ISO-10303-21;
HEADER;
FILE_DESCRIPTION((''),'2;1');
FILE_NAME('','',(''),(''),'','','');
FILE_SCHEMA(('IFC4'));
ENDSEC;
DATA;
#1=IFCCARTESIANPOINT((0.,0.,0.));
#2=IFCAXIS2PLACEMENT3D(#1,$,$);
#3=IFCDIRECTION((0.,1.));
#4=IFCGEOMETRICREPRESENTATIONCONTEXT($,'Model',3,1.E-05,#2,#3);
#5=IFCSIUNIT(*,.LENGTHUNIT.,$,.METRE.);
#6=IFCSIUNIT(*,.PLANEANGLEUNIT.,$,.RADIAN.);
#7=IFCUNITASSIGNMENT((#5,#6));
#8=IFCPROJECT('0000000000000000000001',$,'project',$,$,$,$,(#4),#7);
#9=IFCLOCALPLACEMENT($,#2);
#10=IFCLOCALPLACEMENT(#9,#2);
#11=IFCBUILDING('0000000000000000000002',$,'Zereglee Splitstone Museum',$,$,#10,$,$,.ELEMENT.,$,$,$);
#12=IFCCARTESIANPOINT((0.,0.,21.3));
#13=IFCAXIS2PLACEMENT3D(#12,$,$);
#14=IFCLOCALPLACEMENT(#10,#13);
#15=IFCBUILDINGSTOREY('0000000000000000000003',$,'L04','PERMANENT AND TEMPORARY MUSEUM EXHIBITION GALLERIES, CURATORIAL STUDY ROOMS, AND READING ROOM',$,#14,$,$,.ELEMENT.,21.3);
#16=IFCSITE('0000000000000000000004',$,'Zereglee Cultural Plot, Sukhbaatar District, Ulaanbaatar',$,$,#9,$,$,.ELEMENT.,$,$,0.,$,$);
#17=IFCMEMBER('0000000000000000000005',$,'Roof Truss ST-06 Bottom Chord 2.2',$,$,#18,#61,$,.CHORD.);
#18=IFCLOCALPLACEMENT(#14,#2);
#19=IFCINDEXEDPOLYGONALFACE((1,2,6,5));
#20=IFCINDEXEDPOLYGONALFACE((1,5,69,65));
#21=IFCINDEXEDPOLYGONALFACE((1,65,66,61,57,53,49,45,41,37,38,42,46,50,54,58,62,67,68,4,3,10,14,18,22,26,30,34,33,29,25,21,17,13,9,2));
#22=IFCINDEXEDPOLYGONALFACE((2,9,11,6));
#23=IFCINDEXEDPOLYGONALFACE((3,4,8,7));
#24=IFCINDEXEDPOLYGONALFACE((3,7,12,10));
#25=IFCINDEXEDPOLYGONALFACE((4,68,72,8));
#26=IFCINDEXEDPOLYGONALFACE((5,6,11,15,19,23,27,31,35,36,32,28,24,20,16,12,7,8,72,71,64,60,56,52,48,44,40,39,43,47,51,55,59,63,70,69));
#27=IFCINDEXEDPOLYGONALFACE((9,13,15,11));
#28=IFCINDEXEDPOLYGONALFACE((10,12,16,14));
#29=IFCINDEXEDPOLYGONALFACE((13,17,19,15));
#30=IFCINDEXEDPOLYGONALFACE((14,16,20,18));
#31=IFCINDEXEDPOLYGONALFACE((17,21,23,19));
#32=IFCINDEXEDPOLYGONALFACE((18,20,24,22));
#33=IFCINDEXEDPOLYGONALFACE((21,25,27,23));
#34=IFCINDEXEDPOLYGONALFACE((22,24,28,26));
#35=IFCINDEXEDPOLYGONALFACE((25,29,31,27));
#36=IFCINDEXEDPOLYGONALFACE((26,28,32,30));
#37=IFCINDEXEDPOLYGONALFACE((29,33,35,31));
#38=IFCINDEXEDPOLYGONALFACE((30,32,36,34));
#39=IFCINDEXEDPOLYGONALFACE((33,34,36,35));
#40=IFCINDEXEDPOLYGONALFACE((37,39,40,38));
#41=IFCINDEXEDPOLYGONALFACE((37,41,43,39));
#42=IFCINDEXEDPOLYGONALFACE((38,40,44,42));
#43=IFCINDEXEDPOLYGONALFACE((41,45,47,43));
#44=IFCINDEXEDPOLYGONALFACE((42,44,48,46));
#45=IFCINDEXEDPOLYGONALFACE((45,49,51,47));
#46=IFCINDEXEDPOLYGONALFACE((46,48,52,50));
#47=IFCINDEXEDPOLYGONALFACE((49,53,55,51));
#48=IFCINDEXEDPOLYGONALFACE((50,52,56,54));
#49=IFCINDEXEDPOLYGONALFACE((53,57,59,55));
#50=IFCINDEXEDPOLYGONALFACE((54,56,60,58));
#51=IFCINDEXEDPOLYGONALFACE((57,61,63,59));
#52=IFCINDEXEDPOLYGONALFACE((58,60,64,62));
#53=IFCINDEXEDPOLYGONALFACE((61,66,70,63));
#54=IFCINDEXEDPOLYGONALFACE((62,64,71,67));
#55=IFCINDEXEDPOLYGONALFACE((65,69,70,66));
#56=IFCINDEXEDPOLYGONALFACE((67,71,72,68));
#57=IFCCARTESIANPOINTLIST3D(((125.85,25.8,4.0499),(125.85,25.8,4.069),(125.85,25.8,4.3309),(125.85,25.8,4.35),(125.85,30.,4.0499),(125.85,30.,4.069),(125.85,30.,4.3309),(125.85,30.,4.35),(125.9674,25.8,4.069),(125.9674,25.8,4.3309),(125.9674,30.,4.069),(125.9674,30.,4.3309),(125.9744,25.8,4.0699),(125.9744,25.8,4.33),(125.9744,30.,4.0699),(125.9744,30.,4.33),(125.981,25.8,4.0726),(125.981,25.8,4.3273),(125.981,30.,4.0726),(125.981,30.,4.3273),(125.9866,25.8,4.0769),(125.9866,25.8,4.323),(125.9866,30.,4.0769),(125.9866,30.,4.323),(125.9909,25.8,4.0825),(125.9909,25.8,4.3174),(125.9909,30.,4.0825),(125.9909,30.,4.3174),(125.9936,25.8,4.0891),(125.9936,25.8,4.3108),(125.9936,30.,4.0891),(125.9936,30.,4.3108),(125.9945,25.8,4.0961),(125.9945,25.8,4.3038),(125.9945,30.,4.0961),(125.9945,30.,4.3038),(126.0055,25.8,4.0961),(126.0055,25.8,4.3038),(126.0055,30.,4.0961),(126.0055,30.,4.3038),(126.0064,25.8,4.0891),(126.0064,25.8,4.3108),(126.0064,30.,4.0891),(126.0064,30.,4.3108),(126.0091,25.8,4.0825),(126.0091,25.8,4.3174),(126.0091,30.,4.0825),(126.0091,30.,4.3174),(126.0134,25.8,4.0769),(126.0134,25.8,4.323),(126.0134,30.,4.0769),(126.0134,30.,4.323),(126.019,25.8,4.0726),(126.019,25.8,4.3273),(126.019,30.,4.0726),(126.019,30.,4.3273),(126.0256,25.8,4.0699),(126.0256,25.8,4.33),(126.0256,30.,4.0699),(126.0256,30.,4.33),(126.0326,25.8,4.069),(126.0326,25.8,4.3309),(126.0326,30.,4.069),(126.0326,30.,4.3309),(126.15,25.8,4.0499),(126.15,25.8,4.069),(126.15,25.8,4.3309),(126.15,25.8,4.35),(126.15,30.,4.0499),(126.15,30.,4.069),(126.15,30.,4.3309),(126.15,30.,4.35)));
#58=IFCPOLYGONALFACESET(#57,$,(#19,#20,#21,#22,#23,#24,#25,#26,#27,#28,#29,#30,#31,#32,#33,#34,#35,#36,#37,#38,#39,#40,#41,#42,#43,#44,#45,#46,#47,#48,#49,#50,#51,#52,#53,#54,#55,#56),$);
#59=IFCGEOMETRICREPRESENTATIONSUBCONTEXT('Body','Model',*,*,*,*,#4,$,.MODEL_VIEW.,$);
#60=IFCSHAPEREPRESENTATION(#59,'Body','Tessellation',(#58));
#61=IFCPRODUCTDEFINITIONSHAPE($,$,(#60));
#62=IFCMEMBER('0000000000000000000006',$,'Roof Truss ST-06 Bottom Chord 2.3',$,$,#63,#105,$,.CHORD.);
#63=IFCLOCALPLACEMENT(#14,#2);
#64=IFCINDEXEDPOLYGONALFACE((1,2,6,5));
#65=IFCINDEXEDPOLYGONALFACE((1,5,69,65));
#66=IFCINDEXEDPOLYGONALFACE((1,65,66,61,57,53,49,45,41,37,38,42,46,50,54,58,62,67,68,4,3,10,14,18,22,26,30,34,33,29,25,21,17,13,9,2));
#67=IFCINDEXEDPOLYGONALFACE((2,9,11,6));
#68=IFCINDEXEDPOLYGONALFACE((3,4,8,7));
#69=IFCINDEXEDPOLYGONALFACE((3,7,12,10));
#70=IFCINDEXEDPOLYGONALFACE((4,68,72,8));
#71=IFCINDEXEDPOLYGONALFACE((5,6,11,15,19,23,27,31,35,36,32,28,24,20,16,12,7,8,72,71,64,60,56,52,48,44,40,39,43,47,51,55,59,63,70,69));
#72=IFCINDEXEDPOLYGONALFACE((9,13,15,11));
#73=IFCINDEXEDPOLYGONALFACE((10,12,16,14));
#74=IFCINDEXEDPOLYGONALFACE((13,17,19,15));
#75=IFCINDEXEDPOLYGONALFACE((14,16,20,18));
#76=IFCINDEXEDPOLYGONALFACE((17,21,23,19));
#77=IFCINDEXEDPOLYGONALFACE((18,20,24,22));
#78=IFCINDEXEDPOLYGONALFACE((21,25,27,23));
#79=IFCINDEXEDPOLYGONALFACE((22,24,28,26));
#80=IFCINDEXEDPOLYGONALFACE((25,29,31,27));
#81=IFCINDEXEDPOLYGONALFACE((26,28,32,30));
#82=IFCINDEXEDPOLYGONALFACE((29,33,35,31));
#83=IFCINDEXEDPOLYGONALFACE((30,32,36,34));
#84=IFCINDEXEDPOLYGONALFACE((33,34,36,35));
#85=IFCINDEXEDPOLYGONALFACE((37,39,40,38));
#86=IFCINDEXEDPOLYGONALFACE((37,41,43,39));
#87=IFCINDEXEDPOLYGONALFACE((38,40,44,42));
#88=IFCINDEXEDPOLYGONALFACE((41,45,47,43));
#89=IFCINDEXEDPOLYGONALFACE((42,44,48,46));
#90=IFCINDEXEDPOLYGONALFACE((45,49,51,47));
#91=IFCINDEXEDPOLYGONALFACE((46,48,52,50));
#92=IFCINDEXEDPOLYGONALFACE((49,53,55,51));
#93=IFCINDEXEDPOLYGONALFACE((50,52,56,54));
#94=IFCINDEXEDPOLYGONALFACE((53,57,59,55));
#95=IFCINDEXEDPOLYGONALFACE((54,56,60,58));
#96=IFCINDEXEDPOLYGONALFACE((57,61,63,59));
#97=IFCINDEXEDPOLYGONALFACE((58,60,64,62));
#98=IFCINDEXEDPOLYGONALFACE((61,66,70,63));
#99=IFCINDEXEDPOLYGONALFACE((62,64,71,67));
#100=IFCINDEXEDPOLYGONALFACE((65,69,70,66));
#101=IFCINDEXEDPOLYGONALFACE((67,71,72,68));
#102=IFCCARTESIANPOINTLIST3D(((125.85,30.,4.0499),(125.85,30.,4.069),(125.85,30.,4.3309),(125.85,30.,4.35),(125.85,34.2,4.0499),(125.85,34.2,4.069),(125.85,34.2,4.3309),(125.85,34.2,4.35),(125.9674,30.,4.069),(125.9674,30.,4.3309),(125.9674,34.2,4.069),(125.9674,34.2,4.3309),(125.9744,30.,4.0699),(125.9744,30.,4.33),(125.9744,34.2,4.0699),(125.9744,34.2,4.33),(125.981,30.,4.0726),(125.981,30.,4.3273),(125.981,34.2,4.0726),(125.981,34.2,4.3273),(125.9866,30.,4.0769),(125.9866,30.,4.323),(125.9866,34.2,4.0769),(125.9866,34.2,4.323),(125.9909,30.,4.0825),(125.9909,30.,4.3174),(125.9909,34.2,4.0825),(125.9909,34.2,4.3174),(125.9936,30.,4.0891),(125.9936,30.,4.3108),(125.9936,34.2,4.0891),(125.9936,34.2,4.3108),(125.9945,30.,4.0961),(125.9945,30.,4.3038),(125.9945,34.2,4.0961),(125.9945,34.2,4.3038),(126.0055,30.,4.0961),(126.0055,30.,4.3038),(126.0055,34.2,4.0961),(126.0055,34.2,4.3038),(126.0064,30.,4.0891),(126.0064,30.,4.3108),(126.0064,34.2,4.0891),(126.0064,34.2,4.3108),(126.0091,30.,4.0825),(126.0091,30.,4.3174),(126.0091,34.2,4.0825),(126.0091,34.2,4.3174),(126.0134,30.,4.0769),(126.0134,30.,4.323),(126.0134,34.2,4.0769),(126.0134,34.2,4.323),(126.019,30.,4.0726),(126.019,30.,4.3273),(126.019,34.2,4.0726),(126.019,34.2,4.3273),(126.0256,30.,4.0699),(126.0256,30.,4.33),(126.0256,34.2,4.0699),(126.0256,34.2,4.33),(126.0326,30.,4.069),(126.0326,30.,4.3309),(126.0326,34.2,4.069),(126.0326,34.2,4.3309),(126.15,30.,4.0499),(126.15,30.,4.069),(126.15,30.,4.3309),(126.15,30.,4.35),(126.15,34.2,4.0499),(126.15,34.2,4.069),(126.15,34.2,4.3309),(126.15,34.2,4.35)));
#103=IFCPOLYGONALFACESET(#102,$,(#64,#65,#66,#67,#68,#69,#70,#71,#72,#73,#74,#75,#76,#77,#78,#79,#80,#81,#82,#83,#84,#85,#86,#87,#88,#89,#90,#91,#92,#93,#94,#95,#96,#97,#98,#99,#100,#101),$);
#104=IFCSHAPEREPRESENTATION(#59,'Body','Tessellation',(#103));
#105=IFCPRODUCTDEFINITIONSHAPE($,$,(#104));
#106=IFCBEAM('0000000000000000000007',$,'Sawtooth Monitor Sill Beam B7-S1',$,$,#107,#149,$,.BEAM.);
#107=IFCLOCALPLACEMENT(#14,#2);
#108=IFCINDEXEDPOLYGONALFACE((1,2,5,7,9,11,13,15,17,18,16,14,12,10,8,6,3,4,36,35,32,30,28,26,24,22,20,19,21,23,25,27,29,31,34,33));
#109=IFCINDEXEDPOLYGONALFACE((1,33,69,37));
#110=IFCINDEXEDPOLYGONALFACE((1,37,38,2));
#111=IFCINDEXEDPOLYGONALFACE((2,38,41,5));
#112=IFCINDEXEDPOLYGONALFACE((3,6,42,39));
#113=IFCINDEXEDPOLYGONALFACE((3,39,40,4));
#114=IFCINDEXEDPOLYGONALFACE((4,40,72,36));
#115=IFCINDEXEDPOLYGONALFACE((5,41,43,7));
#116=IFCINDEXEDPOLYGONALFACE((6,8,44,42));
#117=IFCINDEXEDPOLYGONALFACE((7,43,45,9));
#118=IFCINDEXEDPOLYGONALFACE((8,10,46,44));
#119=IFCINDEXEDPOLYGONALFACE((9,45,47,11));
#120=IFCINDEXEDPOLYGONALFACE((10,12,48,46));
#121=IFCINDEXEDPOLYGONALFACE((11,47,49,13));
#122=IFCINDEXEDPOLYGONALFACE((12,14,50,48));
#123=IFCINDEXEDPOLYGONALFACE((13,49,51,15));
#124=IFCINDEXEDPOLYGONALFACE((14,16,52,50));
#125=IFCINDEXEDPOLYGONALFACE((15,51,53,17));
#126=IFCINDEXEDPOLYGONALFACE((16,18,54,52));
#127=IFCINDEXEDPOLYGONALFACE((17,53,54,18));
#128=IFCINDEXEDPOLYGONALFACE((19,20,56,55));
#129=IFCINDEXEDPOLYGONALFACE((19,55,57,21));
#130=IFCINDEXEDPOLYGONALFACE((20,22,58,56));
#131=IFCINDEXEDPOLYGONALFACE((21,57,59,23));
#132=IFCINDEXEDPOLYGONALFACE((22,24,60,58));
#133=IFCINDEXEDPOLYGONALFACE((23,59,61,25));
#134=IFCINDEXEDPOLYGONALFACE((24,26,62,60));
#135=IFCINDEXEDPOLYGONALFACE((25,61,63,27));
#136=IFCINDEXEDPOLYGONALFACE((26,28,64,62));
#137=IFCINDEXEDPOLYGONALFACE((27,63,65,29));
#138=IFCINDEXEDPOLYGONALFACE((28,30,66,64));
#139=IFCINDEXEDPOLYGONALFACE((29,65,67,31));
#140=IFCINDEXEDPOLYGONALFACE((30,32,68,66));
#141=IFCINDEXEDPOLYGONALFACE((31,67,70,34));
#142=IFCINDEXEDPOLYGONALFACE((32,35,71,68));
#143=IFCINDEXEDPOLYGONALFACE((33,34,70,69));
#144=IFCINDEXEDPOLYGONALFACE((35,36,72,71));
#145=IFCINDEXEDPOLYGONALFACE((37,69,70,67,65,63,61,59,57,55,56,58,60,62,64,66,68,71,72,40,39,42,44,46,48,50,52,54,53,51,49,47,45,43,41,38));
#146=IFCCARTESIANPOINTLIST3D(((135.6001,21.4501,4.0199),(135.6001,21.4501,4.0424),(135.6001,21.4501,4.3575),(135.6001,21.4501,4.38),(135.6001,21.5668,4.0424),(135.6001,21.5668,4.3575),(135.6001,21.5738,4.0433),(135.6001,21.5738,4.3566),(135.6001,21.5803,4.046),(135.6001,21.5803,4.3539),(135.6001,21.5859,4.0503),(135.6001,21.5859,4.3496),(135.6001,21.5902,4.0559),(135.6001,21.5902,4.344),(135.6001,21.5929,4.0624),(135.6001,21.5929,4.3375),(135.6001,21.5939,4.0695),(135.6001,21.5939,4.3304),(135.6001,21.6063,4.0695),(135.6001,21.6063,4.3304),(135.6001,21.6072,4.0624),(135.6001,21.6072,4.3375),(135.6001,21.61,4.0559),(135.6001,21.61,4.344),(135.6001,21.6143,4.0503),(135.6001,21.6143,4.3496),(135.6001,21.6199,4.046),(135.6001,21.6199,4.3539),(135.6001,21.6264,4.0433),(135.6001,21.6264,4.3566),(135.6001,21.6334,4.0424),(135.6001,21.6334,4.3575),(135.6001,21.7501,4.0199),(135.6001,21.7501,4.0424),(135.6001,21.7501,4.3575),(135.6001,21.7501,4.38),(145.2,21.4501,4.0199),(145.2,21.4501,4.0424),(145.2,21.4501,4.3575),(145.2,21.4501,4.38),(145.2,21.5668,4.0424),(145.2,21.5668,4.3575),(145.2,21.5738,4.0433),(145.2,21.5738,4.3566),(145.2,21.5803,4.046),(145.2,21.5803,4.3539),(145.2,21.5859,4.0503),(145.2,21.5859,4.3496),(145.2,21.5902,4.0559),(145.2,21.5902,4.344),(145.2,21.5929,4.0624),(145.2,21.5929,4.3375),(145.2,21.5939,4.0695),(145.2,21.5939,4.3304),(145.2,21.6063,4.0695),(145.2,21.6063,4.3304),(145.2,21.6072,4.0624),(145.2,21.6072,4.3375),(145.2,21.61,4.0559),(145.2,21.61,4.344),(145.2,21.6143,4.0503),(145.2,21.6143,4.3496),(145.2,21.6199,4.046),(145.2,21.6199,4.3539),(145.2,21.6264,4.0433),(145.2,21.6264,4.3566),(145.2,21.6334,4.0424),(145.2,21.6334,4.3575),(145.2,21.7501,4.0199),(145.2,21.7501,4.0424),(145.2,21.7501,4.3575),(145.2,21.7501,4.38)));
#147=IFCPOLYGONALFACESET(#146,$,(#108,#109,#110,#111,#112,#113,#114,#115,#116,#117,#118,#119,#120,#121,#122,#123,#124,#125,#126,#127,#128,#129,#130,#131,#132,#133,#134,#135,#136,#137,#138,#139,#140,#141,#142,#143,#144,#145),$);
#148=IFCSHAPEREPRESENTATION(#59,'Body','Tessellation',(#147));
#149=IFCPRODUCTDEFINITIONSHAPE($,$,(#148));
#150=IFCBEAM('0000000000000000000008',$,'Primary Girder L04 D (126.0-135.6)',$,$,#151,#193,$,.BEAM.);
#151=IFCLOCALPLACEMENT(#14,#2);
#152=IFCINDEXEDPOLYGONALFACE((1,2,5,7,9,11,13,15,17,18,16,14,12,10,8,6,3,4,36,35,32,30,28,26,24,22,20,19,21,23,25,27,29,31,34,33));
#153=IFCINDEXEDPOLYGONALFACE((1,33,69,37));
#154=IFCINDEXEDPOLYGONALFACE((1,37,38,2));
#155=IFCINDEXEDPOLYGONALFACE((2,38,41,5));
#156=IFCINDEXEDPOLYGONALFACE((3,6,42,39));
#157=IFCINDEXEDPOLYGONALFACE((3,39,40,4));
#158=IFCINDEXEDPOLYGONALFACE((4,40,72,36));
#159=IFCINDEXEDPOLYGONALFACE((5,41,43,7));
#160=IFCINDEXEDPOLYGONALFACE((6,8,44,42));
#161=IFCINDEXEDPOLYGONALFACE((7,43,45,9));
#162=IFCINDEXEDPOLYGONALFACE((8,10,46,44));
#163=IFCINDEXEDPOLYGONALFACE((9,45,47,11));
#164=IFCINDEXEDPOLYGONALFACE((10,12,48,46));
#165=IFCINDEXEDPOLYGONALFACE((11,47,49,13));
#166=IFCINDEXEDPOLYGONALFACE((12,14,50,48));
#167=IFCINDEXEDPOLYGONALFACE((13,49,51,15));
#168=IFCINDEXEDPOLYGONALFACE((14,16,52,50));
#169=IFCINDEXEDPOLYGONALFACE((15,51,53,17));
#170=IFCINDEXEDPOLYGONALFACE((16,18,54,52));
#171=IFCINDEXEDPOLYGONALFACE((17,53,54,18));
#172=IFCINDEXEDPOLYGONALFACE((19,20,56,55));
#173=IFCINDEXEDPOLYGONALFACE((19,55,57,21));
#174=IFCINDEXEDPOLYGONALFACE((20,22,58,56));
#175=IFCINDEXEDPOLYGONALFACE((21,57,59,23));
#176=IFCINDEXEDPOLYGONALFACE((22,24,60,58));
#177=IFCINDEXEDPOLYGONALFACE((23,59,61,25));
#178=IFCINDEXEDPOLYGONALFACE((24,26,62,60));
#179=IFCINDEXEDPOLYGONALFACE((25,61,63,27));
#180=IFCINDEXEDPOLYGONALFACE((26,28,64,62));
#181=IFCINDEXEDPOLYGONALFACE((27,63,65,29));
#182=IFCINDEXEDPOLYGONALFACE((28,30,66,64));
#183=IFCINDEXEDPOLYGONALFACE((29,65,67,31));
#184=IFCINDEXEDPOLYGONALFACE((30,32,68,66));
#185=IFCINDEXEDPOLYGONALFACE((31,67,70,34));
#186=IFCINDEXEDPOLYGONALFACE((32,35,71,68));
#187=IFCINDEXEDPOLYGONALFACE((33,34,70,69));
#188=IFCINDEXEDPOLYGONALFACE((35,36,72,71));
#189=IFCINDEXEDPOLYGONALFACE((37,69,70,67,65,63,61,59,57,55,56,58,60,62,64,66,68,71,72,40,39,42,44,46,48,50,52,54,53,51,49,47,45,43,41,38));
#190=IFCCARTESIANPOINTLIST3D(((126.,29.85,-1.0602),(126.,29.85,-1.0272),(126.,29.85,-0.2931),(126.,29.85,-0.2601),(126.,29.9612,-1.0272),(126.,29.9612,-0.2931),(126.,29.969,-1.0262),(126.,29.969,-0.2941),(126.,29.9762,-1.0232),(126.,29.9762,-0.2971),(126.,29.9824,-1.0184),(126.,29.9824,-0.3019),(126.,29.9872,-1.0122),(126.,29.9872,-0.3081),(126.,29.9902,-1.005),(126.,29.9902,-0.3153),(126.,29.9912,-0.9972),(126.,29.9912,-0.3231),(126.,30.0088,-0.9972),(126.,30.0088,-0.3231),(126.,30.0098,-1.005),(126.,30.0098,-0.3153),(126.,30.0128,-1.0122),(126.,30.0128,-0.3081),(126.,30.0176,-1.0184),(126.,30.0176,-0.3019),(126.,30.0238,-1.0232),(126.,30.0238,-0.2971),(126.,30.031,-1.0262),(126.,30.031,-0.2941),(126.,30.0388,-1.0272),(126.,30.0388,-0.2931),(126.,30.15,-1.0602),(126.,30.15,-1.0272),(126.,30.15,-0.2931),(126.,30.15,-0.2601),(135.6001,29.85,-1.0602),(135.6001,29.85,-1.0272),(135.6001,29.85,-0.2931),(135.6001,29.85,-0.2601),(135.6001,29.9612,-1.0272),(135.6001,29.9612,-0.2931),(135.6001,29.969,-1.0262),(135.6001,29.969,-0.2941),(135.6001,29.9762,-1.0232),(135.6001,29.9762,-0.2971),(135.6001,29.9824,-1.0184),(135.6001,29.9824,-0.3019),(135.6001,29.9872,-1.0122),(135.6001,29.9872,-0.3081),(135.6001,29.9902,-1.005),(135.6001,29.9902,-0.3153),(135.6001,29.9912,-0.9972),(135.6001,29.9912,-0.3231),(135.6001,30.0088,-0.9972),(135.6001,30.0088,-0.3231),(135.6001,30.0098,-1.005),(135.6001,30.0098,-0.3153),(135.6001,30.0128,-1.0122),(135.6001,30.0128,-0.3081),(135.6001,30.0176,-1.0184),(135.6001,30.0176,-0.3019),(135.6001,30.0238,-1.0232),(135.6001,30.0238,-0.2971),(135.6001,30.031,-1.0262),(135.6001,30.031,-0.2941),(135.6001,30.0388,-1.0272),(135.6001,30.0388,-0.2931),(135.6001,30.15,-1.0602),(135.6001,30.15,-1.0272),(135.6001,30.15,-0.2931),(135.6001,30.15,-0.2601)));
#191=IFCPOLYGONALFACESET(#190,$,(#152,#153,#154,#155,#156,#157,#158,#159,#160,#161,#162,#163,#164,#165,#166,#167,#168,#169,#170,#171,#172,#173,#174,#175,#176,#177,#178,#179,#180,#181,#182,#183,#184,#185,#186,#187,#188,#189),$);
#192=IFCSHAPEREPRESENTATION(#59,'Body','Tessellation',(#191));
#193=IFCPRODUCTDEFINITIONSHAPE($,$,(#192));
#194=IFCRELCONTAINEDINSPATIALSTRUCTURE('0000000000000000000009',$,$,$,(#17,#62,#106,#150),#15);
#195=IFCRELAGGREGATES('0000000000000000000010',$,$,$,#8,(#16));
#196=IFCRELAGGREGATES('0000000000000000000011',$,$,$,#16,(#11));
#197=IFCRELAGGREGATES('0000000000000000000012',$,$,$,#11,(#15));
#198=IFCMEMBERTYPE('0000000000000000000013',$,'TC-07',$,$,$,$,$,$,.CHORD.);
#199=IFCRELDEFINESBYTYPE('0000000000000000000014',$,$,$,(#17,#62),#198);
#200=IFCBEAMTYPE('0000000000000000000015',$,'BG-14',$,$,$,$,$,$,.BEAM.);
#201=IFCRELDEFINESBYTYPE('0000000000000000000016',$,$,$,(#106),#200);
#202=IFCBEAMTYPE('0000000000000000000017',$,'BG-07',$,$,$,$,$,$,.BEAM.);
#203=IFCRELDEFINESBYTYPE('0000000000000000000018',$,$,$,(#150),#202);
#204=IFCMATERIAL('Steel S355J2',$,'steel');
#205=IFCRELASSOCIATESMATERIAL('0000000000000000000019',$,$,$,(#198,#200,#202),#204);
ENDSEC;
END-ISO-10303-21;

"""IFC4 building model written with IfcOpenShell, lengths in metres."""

from ifc_helpers import new_model, si_unit, direction, frame, origin, origin_2d, place, context, subcontext, project, spatial, i_section, extrude, material, material_profile, profile_set, type_object, element, save


model = new_model("IFC4")

# Units and contexts
model_context = context("Model", 3, precision=1e-05, world=origin(), true_north=direction((0.0, 1.0)))
body_context = subcontext(model_context, "Body", "Model", "MODEL_VIEW")
ifc_project = project(units=[si_unit("LENGTHUNIT", "METRE"), si_unit("PLANEANGLEUNIT", "RADIAN")], contexts=[model_context])

# Site, building, storey
site_placement = place(None, origin())
site = spatial("IfcSite", under=ifc_project, at=site_placement, Name="Zereglee Cultural Plot, Sukhbaatar District, Ulaanbaatar", CompositionType="ELEMENT", RefElevation=0.0)
building_placement = place(site_placement, origin())
building = spatial("IfcBuilding", under=site, at=building_placement, Name="Zereglee Splitstone Museum", CompositionType="ELEMENT")
storey_placement = place(building_placement, frame((0.0, 0.0, 21.3)))
storey = spatial("IfcBuildingStorey", under=building, at=storey_placement, Name="L04", Description="PERMANENT AND TEMPORARY MUSEUM EXHIBITION GALLERIES, CURATORIAL STUDY ROOMS, AND READING ROOM", CompositionType="ELEMENT", Elevation=21.3)

# Members
ifc_material_1 = material(Name="Steel S355J2", Category="steel")
ifc_material_profile_1 = material_profile(ifc_material_1, i_section(OverallWidth=0.3, OverallDepth=0.3, WebThickness=0.011, FlangeThickness=0.019, FilletRadius=0.0271, at=origin_2d()), Name="HE 300 B")
ifc_profile_set_1 = profile_set([ifc_material_profile_1], Name="Steel S355J2")
member_type_1 = type_object("IfcMemberType", Name="TC-07", PredefinedType="CHORD", material=ifc_profile_set_1)
for number, where, z_axis, x_axis, name in (
    (1, (126.0, 25.8, 4.2), (0.0, 1.0, 0.0), (-1.0, 0.0, 0.0), "Roof Truss ST-06 Bottom Chord 2.2"),
    (2, (126.0, 30.0, 4.2), (0.0, 1.0, 0.0), (-1.0, 0.0, 0.0), "Roof Truss ST-06 Bottom Chord 2.3"),
):
    element("IfcMember", number, at=place(storey_placement, frame(where, z_axis=z_axis, x_axis=x_axis)), inside=storey, type_object=member_type_1, Name=name, PredefinedType="CHORD", context=body_context, shape_type="SweptSolid", body=[
        extrude(i_section(OverallWidth=0.3, OverallDepth=0.3, WebThickness=0.011, FlangeThickness=0.019, FilletRadius=0.0271, at=origin_2d()), origin(), (0.0, 0.0, 1.0), 4.2),
    ])

# Beams
ifc_material_profile_2 = material_profile(ifc_material_1, i_section(OverallWidth=0.3, OverallDepth=0.3601, WebThickness=0.0125, FlangeThickness=0.0225, FilletRadius=0.0271, at=origin_2d()), Name="HE 360 B")
ifc_profile_set_2 = profile_set([ifc_material_profile_2], Name="Steel S355J2")
beam_type_1 = type_object("IfcBeamType", Name="BG-14", PredefinedType="BEAM", material=ifc_profile_set_2)
beam_1_placement = place(storey_placement, frame((135.6001, 21.6001, 4.2), z_axis=(1.0, 0.0, 0.0), x_axis=(0.0, 1.0, 0.0)))
element("IfcBeam", 3, at=beam_1_placement, inside=storey, type_object=beam_type_1, Name="Sawtooth Monitor Sill Beam B7-S1", PredefinedType="BEAM", context=body_context, shape_type="SweptSolid", body=[
    extrude(i_section(OverallWidth=0.3, OverallDepth=0.3601, WebThickness=0.0125, FlangeThickness=0.0225, FilletRadius=0.0271, at=origin_2d()), origin(), (0.0, 0.0, 1.0), 9.5999),
])
ifc_material_profile_3 = material_profile(ifc_material_1, i_section(OverallWidth=0.3, OverallDepth=0.8, WebThickness=0.0176, FlangeThickness=0.033, FilletRadius=0.03, at=origin_2d()), Name="HE 800 B")
ifc_profile_set_3 = profile_set([ifc_material_profile_3], Name="Steel S355J2")
beam_type_2 = type_object("IfcBeamType", Name="BG-07", PredefinedType="BEAM", material=ifc_profile_set_3)
beam_2_placement = place(storey_placement, frame((126.0, 30.0, -0.6602), z_axis=(1.0, 0.0, 0.0), x_axis=(0.0, 1.0, 0.0)))
element("IfcBeam", 4, at=beam_2_placement, inside=storey, type_object=beam_type_2, Name="Primary Girder L04 D (126.0-135.6)", PredefinedType="BEAM", context=body_context, shape_type="SweptSolid", body=[
    extrude(i_section(OverallWidth=0.3, OverallDepth=0.8, WebThickness=0.0176, FlangeThickness=0.033, FilletRadius=0.03, at=origin_2d()), origin(), (0.0, 0.0, 1.0), 9.6001),
])

save(model, "model.ifc")
